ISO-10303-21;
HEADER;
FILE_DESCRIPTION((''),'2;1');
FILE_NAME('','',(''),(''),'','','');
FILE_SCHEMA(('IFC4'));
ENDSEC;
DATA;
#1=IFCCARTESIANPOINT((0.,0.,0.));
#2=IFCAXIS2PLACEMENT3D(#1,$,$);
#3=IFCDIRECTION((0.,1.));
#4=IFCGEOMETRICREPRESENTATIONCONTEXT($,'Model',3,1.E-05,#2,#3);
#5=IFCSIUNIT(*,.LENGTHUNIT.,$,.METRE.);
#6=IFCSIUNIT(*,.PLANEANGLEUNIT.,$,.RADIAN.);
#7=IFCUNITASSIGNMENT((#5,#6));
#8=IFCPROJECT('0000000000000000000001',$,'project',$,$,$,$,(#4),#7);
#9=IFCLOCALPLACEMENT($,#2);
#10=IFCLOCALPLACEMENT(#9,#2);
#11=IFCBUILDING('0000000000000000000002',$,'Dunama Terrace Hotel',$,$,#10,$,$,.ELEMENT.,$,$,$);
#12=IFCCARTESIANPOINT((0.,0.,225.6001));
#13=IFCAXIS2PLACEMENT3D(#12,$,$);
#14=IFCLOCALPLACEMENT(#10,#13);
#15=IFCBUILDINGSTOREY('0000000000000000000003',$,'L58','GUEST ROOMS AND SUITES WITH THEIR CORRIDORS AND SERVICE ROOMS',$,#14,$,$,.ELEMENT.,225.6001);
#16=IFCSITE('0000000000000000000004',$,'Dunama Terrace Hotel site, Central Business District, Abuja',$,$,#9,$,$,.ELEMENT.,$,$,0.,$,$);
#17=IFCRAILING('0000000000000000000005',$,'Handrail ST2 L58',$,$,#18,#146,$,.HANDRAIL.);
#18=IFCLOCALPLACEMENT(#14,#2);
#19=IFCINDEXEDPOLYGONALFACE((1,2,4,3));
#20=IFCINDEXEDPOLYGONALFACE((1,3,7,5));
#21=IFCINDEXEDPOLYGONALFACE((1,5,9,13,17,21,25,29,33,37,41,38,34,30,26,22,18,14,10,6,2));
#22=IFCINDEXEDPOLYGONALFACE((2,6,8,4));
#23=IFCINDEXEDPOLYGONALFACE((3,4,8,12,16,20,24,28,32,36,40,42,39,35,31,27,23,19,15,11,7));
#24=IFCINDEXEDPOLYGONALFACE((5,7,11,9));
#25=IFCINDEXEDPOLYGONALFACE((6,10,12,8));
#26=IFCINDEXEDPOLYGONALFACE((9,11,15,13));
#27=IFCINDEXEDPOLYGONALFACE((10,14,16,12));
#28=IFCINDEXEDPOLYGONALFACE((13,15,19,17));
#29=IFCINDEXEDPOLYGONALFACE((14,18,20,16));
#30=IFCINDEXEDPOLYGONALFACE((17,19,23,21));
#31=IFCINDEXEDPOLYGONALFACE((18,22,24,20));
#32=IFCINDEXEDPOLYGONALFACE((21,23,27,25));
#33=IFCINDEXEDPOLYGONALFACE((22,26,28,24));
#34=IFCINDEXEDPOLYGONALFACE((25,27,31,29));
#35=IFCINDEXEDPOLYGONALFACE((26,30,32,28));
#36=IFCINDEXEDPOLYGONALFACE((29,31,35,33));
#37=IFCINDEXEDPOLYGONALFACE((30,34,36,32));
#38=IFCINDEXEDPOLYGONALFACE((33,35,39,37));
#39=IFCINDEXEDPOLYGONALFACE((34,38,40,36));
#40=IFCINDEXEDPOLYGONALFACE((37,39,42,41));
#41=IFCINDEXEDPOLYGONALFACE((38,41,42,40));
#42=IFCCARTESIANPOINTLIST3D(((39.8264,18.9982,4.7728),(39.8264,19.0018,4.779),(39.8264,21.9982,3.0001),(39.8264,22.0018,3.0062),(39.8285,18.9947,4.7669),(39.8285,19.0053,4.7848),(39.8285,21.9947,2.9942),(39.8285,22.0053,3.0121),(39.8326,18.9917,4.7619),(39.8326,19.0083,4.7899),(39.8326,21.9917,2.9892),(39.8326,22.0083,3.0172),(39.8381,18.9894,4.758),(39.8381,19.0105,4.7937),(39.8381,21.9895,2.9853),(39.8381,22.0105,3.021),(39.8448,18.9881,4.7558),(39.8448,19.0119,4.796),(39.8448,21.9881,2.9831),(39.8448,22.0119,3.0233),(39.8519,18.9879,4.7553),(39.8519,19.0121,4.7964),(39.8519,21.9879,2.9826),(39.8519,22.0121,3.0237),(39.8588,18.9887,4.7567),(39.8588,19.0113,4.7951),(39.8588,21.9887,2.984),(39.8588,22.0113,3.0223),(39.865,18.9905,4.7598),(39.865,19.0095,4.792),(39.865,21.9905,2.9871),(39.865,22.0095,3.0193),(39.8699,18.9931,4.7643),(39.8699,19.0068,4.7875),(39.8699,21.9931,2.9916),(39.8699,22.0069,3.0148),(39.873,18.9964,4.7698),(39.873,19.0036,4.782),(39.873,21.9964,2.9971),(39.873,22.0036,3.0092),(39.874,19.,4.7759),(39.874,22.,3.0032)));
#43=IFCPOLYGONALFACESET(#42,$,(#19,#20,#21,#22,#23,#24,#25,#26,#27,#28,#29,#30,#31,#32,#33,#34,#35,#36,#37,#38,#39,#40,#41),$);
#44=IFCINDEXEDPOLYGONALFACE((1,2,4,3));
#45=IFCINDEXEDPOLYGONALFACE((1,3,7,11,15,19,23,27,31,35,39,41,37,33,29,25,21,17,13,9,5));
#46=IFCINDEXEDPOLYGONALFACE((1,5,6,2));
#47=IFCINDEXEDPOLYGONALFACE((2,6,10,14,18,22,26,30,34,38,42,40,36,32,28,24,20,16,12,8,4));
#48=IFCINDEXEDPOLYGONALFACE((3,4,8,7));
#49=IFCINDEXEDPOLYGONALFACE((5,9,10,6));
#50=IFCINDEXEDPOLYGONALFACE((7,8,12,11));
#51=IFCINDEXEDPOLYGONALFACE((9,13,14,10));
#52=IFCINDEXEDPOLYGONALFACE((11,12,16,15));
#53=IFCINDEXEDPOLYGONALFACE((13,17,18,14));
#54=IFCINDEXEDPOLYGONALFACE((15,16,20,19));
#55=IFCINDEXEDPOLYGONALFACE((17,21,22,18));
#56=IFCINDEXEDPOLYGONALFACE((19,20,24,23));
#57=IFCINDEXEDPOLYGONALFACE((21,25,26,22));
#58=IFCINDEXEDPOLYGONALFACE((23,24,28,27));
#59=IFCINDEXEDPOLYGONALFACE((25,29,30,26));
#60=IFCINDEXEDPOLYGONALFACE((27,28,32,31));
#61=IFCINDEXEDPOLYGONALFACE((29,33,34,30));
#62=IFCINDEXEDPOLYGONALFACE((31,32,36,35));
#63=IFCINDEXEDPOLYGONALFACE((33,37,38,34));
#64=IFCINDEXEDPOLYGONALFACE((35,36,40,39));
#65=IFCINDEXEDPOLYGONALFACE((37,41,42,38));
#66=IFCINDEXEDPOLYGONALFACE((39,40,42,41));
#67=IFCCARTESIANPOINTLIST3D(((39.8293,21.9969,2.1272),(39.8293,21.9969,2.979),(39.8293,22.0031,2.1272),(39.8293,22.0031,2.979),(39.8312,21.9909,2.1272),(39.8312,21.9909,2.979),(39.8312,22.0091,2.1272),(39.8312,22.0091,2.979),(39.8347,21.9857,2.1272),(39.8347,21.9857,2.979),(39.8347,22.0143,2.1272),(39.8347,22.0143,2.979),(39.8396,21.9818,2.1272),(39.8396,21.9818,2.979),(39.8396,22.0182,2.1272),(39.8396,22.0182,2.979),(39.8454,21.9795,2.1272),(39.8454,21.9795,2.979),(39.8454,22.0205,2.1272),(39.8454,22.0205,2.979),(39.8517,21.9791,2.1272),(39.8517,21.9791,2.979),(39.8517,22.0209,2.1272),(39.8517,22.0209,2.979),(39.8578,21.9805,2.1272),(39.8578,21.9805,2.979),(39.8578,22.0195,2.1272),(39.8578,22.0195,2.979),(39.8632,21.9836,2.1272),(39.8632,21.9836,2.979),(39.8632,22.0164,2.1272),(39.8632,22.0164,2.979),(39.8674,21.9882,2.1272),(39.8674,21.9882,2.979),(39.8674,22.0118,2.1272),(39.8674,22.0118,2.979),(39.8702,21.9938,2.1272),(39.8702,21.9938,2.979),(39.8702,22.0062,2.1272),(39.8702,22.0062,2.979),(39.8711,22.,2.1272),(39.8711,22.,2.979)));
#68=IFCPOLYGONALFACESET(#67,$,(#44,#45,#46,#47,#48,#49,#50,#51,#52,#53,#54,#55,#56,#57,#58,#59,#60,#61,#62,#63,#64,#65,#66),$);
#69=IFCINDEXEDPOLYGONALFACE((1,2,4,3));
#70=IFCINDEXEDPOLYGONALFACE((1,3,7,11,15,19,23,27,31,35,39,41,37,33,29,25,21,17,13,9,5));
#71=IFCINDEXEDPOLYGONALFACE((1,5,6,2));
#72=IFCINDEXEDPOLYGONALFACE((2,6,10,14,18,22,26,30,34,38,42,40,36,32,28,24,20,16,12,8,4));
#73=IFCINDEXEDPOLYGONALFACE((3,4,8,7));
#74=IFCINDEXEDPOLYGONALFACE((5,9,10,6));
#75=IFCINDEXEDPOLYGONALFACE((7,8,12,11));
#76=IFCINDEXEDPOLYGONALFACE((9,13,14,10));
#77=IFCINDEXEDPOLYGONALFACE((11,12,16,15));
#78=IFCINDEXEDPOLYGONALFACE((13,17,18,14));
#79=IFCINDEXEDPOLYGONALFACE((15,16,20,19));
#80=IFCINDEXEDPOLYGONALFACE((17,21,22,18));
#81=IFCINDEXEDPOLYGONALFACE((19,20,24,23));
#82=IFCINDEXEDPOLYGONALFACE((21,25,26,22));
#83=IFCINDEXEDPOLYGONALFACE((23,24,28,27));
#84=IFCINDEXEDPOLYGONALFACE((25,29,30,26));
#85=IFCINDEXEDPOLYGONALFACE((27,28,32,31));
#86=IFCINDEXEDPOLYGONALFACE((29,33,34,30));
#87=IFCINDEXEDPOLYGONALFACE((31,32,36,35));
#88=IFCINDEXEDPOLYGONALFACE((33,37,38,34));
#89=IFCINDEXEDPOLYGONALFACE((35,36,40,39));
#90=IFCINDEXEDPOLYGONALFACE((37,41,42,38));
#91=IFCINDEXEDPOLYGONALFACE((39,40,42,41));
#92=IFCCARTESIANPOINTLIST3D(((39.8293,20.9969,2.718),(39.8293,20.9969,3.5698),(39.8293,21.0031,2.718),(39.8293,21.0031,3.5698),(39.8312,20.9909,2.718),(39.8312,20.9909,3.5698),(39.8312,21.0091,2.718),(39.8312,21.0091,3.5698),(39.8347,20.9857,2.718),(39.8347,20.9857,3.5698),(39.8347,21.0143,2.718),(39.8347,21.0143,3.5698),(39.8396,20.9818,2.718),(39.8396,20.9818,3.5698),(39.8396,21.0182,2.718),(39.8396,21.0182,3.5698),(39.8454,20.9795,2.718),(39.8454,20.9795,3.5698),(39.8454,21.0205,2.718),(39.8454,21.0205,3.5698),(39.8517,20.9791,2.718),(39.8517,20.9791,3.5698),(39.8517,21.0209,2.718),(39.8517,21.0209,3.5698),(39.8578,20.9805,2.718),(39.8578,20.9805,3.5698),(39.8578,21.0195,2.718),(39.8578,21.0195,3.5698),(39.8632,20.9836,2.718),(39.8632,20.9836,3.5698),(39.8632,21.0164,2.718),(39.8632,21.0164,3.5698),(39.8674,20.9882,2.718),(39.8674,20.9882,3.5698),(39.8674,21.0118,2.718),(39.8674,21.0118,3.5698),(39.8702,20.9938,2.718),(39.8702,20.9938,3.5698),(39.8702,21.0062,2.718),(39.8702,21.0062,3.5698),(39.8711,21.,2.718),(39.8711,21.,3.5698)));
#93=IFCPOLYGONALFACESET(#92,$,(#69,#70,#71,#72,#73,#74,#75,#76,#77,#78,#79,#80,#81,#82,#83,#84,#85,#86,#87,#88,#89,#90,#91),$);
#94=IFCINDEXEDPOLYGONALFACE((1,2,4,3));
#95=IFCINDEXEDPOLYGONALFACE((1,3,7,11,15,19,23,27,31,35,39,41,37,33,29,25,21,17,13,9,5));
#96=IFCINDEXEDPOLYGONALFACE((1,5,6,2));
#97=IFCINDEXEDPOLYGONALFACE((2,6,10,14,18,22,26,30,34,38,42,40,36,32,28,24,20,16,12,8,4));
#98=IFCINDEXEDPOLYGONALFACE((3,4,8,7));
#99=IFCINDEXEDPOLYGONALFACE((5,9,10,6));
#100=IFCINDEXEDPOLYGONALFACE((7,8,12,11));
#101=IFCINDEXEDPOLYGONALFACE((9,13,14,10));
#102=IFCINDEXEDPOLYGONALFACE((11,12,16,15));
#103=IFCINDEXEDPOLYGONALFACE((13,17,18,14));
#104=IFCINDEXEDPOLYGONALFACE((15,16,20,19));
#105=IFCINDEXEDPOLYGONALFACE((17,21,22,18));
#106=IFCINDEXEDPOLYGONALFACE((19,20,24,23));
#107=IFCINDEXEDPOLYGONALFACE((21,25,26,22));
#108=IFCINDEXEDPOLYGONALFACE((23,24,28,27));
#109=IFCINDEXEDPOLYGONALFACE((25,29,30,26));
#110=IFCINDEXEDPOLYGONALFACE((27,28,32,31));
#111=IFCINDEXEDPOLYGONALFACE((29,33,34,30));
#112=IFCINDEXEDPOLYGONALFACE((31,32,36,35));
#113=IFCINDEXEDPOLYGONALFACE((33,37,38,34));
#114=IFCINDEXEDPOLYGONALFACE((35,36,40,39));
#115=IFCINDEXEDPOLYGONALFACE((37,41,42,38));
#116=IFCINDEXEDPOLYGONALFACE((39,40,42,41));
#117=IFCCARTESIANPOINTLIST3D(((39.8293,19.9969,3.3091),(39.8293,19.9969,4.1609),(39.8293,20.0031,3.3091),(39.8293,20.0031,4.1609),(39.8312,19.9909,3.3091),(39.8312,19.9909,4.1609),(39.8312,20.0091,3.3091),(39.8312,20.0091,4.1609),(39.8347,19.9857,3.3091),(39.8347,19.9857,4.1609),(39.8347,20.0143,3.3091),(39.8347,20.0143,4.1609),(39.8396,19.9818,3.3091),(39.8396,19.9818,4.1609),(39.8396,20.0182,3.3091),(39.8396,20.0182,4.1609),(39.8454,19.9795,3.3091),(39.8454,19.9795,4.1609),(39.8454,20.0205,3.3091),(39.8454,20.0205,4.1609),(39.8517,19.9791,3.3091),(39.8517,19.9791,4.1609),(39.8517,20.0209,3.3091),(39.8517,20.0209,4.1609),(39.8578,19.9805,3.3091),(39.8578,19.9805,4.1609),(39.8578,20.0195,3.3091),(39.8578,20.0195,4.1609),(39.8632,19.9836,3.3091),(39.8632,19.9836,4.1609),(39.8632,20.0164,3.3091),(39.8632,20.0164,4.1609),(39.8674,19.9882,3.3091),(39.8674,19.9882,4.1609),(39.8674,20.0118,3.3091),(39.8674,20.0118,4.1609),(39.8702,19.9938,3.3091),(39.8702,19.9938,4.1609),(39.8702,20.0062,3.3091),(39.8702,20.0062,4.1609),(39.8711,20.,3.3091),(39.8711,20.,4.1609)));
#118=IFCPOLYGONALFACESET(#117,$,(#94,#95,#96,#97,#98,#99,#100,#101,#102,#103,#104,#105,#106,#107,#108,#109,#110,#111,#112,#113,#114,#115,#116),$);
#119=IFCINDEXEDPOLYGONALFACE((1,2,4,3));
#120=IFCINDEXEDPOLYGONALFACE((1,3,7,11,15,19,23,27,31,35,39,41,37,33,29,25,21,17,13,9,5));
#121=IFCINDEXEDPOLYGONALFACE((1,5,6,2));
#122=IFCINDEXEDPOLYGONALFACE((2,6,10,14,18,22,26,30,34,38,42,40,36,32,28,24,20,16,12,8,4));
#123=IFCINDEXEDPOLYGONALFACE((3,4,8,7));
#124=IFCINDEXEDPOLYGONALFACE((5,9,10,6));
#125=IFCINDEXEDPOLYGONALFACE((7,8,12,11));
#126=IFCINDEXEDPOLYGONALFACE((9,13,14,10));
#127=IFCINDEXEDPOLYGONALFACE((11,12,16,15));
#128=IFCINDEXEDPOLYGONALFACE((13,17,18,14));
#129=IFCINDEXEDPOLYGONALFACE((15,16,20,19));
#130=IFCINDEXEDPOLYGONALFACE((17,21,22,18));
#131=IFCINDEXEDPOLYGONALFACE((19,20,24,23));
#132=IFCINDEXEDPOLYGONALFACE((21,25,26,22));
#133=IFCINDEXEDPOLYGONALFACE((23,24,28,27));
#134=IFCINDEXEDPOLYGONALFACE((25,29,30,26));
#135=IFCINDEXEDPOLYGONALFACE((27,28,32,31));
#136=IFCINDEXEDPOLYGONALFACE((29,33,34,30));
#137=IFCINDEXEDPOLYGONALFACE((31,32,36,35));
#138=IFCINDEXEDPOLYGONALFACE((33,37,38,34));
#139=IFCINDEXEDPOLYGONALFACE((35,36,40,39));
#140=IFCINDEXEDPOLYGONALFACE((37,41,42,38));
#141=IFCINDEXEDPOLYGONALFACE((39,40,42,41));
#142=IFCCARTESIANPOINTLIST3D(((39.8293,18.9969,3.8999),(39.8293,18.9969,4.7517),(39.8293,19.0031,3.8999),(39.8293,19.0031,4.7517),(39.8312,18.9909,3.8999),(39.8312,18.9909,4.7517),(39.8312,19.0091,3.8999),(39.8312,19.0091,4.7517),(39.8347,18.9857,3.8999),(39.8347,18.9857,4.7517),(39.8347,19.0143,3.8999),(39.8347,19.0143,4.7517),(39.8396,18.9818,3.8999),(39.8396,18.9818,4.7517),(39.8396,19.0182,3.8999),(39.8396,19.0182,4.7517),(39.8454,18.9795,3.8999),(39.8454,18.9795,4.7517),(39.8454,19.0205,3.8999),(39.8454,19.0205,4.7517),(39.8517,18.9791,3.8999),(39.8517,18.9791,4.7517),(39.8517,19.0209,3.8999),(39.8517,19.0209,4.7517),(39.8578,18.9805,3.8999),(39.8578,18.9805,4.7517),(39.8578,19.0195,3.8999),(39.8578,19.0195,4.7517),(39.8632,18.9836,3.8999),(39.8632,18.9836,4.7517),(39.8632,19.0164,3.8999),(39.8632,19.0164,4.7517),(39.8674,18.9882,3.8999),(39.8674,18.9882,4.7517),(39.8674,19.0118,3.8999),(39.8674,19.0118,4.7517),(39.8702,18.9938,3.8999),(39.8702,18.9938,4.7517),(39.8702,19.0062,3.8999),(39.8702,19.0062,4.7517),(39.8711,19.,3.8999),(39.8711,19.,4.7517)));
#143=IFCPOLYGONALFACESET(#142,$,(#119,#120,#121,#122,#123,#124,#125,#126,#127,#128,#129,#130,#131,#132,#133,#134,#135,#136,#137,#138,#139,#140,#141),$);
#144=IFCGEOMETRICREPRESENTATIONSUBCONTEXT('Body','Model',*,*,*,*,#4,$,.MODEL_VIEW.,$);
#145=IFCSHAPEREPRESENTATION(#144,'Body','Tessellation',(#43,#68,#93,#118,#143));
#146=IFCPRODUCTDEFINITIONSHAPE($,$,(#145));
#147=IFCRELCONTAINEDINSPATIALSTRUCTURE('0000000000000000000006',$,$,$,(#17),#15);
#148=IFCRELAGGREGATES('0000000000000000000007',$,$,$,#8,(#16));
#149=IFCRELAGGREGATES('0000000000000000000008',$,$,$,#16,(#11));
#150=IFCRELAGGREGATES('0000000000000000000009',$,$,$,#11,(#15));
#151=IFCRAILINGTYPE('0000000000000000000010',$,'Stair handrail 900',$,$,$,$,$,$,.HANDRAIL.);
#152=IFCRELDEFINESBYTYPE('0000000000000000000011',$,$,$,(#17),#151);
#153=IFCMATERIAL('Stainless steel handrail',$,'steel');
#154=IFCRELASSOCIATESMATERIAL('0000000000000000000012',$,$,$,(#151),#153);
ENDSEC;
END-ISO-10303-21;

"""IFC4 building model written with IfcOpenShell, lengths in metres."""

from ifc_helpers import new_model, si_unit, direction, frame, origin, origin_2d, place, context, subcontext, project, spatial, circle, extrude, material, type_object, element, save


model = new_model("IFC4")

# Units and contexts
model_context = context("Model", 3, precision=1e-05, world=origin(), true_north=direction((0.0, 1.0)))
body_context = subcontext(model_context, "Body", "Model", "MODEL_VIEW")
ifc_project = project(units=[si_unit("LENGTHUNIT", "METRE"), si_unit("PLANEANGLEUNIT", "RADIAN")], contexts=[model_context])

# Site, building, storey
site_placement = place(None, origin())
site = spatial("IfcSite", under=ifc_project, at=site_placement, Name="Dunama Terrace Hotel site, Central Business District, Abuja", CompositionType="ELEMENT", RefElevation=0.0)
building_placement = place(site_placement, origin())
building = spatial("IfcBuilding", under=site, at=building_placement, Name="Dunama Terrace Hotel", CompositionType="ELEMENT")
storey_placement = place(building_placement, frame((0.0, 0.0, 225.6001)))
storey = spatial("IfcBuildingStorey", under=building, at=storey_placement, Name="L58", Description="GUEST ROOMS AND SUITES WITH THEIR CORRIDORS AND SERVICE ROOMS", CompositionType="ELEMENT", Elevation=225.6001)

# Railing
ifc_material_1 = material(Name="Stainless steel handrail", Category="steel")
railing_type = type_object("IfcRailingType", Name="Stair handrail 900", PredefinedType="HANDRAIL", material=ifc_material_1)
railing_1_placement = place(storey_placement, frame((39.8501, 22.0, 2.1272)))
element("IfcRailing", 1, at=railing_1_placement, inside=storey, type_object=railing_type, Name="Handrail ST2 L58", PredefinedType="HANDRAIL", context=body_context, shape_type="SweptSolid", body=[
    extrude(circle(Radius=0.0239, at=origin_2d()), frame((0.0, 0.0, 0.876), z_axis=(0.0, -0.860929, 0.508725), x_axis=(1.0, 0.0, 0.0)), (0.0, 0.0, 1.0), 3.4846),
    extrude(circle(Radius=0.021, at=origin_2d()), origin(), (0.0, 0.0, 1.0), 0.8518),
    extrude(circle(Radius=0.021, at=origin_2d()), frame((0.0, -1.0, 0.5908)), (0.0, 0.0, 1.0), 0.8518),
    extrude(circle(Radius=0.021, at=origin_2d()), frame((0.0, -2.0, 1.1819)), (0.0, 0.0, 1.0), 0.8518),
    extrude(circle(Radius=0.021, at=origin_2d()), frame((0.0, -3.0, 1.7727)), (0.0, 0.0, 1.0), 0.8518),
])

save(model, "model.ifc")
